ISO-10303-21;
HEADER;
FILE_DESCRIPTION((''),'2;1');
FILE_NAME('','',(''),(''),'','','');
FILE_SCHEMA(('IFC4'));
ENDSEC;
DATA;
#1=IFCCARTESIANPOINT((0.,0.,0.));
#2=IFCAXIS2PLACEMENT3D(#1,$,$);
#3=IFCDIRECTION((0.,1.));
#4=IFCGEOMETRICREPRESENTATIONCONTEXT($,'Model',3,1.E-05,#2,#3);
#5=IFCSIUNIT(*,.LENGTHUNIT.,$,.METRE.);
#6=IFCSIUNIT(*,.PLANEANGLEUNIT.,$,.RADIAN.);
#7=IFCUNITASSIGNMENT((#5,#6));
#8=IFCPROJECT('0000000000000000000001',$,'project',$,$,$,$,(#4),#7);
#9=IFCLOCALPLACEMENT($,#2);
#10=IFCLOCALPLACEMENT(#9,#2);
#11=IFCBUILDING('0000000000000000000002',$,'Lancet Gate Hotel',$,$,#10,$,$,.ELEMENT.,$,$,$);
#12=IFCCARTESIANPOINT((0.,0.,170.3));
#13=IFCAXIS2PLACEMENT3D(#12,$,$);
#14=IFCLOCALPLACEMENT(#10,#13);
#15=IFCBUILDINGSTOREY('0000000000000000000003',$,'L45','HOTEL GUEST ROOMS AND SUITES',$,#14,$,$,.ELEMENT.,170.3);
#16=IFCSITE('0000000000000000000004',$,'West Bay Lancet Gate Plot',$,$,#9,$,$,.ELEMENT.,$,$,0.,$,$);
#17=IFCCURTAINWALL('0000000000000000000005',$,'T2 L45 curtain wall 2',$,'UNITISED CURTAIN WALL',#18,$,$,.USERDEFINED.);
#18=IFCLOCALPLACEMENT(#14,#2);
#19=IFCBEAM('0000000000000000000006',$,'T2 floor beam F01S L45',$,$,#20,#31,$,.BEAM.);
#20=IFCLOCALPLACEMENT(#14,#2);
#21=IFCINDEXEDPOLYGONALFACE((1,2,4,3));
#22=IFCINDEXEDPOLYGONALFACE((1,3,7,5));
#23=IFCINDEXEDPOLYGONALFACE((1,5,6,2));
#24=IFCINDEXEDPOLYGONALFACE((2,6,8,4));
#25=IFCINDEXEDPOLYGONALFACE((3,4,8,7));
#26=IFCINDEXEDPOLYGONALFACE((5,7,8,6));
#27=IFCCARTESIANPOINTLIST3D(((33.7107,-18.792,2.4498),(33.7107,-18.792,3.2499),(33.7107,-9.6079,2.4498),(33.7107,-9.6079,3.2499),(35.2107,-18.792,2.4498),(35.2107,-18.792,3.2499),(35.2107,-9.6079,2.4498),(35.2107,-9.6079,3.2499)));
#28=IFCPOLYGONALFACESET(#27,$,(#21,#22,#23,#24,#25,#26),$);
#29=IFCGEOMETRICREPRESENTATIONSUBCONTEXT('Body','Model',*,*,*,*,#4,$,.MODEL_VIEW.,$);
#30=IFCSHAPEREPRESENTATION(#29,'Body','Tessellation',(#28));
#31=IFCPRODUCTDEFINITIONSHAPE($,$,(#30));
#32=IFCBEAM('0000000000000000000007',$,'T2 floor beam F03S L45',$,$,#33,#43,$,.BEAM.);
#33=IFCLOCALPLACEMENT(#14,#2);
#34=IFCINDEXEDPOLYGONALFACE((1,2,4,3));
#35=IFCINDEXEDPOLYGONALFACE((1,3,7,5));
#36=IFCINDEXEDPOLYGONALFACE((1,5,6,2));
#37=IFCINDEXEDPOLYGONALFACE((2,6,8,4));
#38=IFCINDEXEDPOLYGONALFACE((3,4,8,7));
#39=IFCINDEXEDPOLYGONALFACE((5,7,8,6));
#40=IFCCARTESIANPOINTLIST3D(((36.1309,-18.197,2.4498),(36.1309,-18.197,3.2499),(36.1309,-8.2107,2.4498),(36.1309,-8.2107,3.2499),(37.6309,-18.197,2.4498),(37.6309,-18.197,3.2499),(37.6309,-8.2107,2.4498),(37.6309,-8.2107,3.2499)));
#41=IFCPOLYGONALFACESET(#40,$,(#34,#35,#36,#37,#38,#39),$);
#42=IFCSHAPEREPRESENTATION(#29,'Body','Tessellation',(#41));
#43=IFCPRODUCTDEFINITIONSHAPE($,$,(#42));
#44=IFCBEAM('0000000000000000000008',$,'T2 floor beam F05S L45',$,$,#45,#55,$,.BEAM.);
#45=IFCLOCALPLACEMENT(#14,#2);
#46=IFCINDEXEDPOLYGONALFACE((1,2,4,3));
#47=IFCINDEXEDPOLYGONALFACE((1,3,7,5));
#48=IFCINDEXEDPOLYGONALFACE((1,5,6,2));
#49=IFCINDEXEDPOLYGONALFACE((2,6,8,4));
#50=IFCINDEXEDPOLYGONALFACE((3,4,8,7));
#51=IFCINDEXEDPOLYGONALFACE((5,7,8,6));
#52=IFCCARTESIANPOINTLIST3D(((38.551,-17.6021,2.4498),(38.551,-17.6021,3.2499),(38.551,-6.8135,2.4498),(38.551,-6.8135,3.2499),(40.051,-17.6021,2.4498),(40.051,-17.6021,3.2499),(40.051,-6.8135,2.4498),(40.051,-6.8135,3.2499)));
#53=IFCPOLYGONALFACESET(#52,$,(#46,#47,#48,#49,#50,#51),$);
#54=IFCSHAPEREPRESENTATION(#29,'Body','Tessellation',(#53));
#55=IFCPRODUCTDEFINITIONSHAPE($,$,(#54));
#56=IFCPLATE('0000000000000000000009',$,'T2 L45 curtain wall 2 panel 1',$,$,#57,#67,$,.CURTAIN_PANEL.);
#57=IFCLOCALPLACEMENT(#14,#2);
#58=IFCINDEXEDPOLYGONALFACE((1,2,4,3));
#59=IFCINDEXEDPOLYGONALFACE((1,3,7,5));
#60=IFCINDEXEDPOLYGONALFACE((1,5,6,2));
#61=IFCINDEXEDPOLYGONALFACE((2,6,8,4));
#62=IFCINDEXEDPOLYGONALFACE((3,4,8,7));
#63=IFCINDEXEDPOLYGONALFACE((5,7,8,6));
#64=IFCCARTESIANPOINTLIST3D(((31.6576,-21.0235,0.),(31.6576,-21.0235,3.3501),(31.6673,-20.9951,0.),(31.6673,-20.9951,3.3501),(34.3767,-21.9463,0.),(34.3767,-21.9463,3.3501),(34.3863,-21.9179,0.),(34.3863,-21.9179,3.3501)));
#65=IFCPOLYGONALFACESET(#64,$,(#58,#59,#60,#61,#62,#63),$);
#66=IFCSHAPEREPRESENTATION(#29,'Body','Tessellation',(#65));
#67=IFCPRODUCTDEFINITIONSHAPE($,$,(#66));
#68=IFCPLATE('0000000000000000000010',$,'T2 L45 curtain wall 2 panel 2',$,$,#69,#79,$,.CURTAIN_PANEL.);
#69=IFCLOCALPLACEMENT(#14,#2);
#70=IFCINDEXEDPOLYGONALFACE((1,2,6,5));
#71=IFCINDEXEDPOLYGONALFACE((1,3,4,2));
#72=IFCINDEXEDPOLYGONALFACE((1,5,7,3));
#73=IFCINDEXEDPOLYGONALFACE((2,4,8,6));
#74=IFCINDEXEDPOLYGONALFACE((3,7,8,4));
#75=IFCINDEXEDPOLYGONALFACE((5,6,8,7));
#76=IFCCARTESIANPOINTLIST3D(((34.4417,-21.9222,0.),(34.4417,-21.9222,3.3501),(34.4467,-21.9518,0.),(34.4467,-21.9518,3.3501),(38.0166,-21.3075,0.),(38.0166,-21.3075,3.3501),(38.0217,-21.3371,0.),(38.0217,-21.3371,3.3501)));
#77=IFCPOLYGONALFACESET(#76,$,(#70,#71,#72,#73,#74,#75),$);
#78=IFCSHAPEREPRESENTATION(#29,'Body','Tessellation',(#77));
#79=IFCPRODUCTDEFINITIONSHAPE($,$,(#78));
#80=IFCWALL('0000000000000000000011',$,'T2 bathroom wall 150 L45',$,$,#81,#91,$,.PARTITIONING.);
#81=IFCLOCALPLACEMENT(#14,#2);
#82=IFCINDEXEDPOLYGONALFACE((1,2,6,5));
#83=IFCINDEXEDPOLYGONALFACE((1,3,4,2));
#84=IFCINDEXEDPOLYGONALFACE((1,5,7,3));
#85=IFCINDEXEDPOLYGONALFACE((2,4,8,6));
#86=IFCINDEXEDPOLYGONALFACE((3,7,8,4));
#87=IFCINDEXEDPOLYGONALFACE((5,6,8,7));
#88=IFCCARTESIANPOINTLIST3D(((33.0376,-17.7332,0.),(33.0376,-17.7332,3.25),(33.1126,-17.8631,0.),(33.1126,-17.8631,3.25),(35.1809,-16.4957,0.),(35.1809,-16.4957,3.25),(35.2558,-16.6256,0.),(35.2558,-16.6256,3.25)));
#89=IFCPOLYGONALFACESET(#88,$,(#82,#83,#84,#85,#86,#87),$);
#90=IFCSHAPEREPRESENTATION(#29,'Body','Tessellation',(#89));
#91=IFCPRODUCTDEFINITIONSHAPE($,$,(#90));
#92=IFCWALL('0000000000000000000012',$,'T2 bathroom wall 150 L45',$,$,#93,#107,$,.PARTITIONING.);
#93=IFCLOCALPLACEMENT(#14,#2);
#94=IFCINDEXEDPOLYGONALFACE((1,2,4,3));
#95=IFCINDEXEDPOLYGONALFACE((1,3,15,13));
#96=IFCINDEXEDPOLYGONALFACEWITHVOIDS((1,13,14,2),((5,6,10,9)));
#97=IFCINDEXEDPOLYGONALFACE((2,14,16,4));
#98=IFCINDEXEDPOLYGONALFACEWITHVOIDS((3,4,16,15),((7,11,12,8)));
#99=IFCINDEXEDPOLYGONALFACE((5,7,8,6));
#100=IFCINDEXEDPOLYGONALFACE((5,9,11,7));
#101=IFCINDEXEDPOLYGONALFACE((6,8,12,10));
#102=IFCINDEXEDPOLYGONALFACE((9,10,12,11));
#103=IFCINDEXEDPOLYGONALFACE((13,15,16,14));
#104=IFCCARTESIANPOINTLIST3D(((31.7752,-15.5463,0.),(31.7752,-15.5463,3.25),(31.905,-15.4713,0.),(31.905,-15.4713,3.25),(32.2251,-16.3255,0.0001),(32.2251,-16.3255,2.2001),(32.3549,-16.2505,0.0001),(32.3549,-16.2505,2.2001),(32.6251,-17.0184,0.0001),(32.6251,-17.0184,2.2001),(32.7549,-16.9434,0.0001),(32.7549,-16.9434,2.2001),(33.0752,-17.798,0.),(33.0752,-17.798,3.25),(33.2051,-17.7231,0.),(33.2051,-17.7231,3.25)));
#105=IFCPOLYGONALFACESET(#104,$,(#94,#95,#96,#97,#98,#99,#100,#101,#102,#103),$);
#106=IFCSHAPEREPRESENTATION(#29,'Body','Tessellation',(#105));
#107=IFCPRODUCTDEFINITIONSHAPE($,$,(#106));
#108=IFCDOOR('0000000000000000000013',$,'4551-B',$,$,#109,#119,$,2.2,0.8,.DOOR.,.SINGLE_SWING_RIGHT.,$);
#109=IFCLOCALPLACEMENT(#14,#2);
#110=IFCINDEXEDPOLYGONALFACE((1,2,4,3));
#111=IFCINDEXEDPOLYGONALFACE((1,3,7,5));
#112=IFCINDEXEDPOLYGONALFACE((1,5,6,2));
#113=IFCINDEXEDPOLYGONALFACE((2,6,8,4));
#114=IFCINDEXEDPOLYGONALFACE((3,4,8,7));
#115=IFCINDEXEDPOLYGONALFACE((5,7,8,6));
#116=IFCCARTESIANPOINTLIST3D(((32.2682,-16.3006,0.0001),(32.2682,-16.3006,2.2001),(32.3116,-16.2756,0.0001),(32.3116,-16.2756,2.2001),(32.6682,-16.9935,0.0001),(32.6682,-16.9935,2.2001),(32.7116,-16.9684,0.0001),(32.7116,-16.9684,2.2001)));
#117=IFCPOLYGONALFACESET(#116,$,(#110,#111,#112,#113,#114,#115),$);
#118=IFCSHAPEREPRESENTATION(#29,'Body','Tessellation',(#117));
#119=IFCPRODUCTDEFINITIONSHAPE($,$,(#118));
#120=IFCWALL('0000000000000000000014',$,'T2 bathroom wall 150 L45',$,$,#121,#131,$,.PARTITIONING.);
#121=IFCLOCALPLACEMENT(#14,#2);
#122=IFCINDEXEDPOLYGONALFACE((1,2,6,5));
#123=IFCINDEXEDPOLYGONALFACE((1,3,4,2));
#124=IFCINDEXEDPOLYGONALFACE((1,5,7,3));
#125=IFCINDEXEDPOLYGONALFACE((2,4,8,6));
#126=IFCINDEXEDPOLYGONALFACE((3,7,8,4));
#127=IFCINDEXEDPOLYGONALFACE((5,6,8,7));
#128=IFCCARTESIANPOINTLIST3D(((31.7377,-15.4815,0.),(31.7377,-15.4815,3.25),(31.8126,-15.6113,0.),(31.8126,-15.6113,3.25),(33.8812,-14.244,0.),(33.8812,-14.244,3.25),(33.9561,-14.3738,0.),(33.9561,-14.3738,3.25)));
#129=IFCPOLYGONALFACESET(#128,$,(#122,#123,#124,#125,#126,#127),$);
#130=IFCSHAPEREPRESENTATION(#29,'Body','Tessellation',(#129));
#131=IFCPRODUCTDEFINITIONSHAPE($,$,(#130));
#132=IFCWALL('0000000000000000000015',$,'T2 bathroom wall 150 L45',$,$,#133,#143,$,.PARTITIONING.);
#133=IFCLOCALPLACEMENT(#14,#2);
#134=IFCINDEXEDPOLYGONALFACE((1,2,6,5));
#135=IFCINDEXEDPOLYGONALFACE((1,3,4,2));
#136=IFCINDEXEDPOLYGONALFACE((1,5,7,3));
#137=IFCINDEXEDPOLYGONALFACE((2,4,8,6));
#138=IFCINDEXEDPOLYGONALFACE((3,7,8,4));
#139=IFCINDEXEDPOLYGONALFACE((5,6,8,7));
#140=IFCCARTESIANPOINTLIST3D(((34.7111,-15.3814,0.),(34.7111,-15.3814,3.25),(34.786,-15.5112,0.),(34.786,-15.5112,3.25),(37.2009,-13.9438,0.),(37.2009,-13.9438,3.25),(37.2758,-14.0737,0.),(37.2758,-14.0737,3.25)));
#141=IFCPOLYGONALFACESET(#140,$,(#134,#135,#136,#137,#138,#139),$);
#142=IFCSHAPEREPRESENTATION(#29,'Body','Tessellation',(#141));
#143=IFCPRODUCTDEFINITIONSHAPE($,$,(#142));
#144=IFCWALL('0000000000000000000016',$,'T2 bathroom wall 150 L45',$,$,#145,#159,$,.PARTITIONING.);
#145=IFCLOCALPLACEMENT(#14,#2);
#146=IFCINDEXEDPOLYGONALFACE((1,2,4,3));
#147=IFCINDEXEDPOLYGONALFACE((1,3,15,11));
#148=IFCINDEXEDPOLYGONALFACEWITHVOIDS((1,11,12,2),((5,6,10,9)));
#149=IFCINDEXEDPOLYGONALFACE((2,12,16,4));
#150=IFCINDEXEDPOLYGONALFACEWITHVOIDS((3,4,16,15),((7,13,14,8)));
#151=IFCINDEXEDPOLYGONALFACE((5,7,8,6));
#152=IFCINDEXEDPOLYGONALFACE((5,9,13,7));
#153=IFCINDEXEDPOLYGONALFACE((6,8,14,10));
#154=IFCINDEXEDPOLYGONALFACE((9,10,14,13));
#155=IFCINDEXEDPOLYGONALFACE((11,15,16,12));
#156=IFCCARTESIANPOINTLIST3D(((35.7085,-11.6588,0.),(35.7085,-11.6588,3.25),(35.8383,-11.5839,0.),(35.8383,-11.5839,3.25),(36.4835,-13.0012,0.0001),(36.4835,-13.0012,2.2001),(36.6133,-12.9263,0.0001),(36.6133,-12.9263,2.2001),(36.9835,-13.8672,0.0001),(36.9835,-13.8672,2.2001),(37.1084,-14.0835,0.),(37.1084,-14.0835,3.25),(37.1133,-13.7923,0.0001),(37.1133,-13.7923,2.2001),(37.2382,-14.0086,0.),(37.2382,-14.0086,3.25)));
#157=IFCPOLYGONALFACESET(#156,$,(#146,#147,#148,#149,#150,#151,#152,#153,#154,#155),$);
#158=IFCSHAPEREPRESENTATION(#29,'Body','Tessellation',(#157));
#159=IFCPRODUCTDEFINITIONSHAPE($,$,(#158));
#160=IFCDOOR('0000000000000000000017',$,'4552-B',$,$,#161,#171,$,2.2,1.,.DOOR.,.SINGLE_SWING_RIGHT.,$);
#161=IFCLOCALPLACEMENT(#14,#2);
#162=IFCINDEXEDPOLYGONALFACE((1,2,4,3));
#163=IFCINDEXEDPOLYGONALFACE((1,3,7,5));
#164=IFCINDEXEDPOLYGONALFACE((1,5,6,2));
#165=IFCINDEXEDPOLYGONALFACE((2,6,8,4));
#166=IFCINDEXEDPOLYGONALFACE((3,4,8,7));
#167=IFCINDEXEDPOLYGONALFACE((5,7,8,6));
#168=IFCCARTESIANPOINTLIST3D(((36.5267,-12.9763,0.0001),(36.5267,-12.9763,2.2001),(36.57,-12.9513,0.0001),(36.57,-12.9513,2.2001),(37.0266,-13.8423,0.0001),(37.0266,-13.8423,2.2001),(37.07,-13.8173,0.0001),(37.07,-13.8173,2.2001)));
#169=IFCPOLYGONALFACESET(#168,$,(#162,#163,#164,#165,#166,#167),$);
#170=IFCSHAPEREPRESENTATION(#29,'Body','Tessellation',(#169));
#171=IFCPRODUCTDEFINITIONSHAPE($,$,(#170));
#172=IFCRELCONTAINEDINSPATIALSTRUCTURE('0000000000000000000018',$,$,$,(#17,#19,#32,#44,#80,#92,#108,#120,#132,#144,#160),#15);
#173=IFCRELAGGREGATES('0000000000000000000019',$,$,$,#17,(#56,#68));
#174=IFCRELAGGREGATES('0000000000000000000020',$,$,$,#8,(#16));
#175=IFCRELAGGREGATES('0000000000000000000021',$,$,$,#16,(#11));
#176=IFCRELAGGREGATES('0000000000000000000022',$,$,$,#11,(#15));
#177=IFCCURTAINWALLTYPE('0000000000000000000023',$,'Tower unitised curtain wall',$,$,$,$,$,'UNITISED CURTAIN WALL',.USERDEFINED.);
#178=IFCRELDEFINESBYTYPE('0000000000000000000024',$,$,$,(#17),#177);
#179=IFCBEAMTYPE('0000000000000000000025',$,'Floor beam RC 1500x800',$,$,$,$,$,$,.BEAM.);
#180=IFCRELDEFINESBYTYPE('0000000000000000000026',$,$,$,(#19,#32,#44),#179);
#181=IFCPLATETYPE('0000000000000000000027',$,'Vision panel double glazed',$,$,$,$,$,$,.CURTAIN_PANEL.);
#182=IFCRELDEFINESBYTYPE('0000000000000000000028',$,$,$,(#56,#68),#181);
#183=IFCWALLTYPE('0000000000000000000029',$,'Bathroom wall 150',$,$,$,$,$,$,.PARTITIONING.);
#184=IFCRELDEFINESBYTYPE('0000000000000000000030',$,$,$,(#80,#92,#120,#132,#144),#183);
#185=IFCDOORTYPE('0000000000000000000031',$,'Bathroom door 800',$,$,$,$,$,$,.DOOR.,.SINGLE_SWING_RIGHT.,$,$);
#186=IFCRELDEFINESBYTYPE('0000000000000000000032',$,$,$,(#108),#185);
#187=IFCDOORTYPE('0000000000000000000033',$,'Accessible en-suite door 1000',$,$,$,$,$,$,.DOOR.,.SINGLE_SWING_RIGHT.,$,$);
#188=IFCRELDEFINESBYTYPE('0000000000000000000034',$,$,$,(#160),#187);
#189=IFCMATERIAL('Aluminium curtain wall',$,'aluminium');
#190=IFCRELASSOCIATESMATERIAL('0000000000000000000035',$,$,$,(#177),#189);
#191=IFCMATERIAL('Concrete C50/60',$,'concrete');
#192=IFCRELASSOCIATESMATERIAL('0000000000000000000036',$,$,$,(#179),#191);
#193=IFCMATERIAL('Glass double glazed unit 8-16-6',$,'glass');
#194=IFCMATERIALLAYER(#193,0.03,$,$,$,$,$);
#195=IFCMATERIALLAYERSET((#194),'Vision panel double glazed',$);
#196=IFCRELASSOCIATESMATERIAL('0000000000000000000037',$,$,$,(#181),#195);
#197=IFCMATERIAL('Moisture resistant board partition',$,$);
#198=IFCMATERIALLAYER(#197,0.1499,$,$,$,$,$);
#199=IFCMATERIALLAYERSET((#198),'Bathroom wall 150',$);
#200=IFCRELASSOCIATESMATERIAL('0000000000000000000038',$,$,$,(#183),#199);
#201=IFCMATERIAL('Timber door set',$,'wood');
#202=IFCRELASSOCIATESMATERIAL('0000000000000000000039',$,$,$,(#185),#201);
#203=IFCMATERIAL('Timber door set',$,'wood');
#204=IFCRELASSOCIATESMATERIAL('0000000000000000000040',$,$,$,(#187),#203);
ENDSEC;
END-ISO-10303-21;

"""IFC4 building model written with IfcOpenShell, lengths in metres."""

from ifc_helpers import new_model, si_unit, direction, frame, frame_2d, origin, origin_2d, place, context, subcontext, project, spatial, rectangle, extrude, material, layer, layer_set, material_profile, profile_set, type_object, element, fill, aggregate, save


model = new_model("IFC4")

# Units and contexts
model_context = context("Model", 3, precision=1e-05, world=origin(), true_north=direction((0.0, 1.0)))
body_context = subcontext(model_context, "Body", "Model", "MODEL_VIEW")
ifc_project = project(units=[si_unit("LENGTHUNIT", "METRE"), si_unit("PLANEANGLEUNIT", "RADIAN")], contexts=[model_context])

# Site, building, storey
site_placement = place(None, origin())
site = spatial("IfcSite", under=ifc_project, at=site_placement, Name="West Bay Lancet Gate Plot", CompositionType="ELEMENT", RefElevation=0.0)
building_placement = place(site_placement, origin())
building = spatial("IfcBuilding", under=site, at=building_placement, Name="Lancet Gate Hotel", CompositionType="ELEMENT")
storey_placement = place(building_placement, frame((0.0, 0.0, 170.3)))
storey = spatial("IfcBuildingStorey", under=building, at=storey_placement, Name="L45", Description="HOTEL GUEST ROOMS AND SUITES", CompositionType="ELEMENT", Elevation=170.3)

# Curtain wall
ifc_material_1 = material(Name="Aluminium curtain wall", Category="aluminium")
curtain_wall_type = type_object("IfcCurtainWallType", Name="Tower unitised curtain wall", ElementType="UNITISED CURTAIN WALL", PredefinedType="USERDEFINED", material=ifc_material_1)
curtain_wall_placement = place(storey_placement, origin())
curtain_wall = element("IfcCurtainWall", 1, at=curtain_wall_placement, inside=storey, type_object=curtain_wall_type, Name="T2 L45 curtain wall 2", ObjectType="UNITISED CURTAIN WALL", PredefinedType="USERDEFINED")

# Beams
ifc_material_2 = material(Name="Concrete C50/60", Category="concrete")
ifc_material_profile_1 = material_profile(ifc_material_2, rectangle(XDim=1.5, YDim=0.8, at=origin_2d()), Name="RC 1500x800")
ifc_profile_set_1 = profile_set([ifc_material_profile_1], Name="Concrete C50/60")
beam_type_1 = type_object("IfcBeamType", Name="Floor beam RC 1500x800", PredefinedType="BEAM", material=ifc_profile_set_1)
beam_1_placement = place(storey_placement, frame((34.4607, -18.792, 2.8499), z_axis=(0.0, 1.0, 0.0), x_axis=(-1.0, 0.0, 0.0)))
element("IfcBeam", 2, at=beam_1_placement, inside=storey, type_object=beam_type_1, Name="T2 floor beam F01S L45", PredefinedType="BEAM", context=body_context, shape_type="SweptSolid", body=[
    extrude(rectangle(XDim=1.5, YDim=0.8, at=origin_2d()), origin(), (0.0, 0.0, 1.0), 9.1841),
])
beam_2_placement = place(storey_placement, frame((36.8809, -18.197, 2.8499), z_axis=(0.0, 1.0, 0.0), x_axis=(-1.0, 0.0, 0.0)))
element("IfcBeam", 3, at=beam_2_placement, inside=storey, type_object=beam_type_1, Name="T2 floor beam F03S L45", PredefinedType="BEAM", context=body_context, shape_type="SweptSolid", body=[
    extrude(rectangle(XDim=1.5, YDim=0.8, at=origin_2d()), origin(), (0.0, 0.0, 1.0), 9.9863),
])
beam_3_placement = place(storey_placement, frame((39.301, -17.6021, 2.8499), z_axis=(0.0, 1.0, 0.0), x_axis=(-1.0, 0.0, 0.0)))
element("IfcBeam", 4, at=beam_3_placement, inside=storey, type_object=beam_type_1, Name="T2 floor beam F05S L45", PredefinedType="BEAM", context=body_context, shape_type="SweptSolid", body=[
    extrude(rectangle(XDim=1.5, YDim=0.8, at=origin_2d()), origin(), (0.0, 0.0, 1.0), 10.7886),
])

# Plates
ifc_material_3 = material(Name="Glass double glazed unit 8-16-6", Category="glass")
ifc_layer_1 = layer(ifc_material_3, 0.03)
ifc_layer_set_1 = layer_set([ifc_layer_1], Name="Vision panel double glazed")
plate_type = type_object("IfcPlateType", Name="Vision panel double glazed", PredefinedType="CURTAIN_PANEL", material=ifc_layer_set_1)
plate_1_placement = place(storey_placement, frame((33.022, -21.4707, 0.0), z_axis=(0.0, 0.0, 1.0), x_axis=(0.946952, -0.321374, 0.0)))
plate_1 = element("IfcPlate", 5, at=plate_1_placement, type_object=plate_type, Name="T2 L45 curtain wall 2 panel 1", PredefinedType="CURTAIN_PANEL", context=body_context, shape_type="SweptSolid", body=[
    extrude(rectangle(XDim=2.8713, YDim=0.03, at=origin_2d()), origin(), (0.0, 0.0, 1.0), 3.3501),
])
plate_2_placement = place(storey_placement, frame((36.2317, -21.6296, 0.0), z_axis=(0.0, 0.0, 1.0), x_axis=(0.98554, 0.169445, 0.0)))
plate_2 = element("IfcPlate", 6, at=plate_2_placement, type_object=plate_type, Name="T2 L45 curtain wall 2 panel 2", PredefinedType="CURTAIN_PANEL", context=body_context, shape_type="SweptSolid", body=[
    extrude(rectangle(XDim=3.6274, YDim=0.03, at=origin_2d()), origin(), (0.0, 0.0, 1.0), 3.3501),
])
aggregate(curtain_wall, [plate_1, plate_2])

# Wall
ifc_material_4 = material(Name="Moisture resistant board partition")
ifc_layer_2 = layer(ifc_material_4, 0.1499)
ifc_layer_set_2 = layer_set([ifc_layer_2], Name="Bathroom wall 150")
wall_type_1 = type_object("IfcWallType", Name="Bathroom wall 150", PredefinedType="PARTITIONING", material=ifc_layer_set_2)
wall_1_placement = place(storey_placement, frame((33.0752, -17.7981, 0.0), z_axis=(0.0, 0.0, 1.0), x_axis=(0.866007, 0.500033, 0.0)))
element("IfcWall", 7, at=wall_1_placement, inside=storey, type_object=wall_type_1, Name="T2 bathroom wall 150 L45", PredefinedType="PARTITIONING", context=body_context, shape_type="SweptSolid", body=[
    extrude(rectangle(XDim=2.4749, YDim=0.1499, at=frame_2d((1.2373, 0.0))), origin(), (0.0, 0.0, 1.0), 3.25),
])

# Wall, opening, door
wall_2_placement = place(storey_placement, frame((31.8401, -15.5088, 0.0), z_axis=(0.0, 0.0, 1.0), x_axis=(0.500007, -0.866021, 0.0)))
wall_2 = element("IfcWall", 8, at=wall_2_placement, inside=storey, type_object=wall_type_1, Name="T2 bathroom wall 150 L45", PredefinedType="PARTITIONING", context=body_context, shape_type="SweptSolid", body=[
    extrude(rectangle(XDim=2.6001, YDim=0.1499, at=frame_2d((1.3, 0.0))), origin(), (0.0, 0.0, 1.0), 3.25),
])
opening_1_placement = place(wall_2_placement, frame((0.8999, 0.0, 0.0)))
opening_1 = element("IfcOpeningElement", 9, at=opening_1_placement, cuts=wall_2, PredefinedType="OPENING", context=body_context, shape_type="SweptSolid", body=[
    extrude(rectangle(XDim=0.8, YDim=2.2, at=frame_2d((0.3999, 1.1001))), frame((0.0, 0.085, 0.0), z_axis=(0.0, -1.0, 0.0), x_axis=(1.0, 0.0, 0.0)), (0.0, 0.0, 1.0), 0.1699),
])
ifc_material_5 = material(Name="Timber door set", Category="wood")
door_type_1 = type_object("IfcDoorType", Name="Bathroom door 800", OperationType="SINGLE_SWING_RIGHT", PredefinedType="DOOR", material=ifc_material_5)
door_1_placement = place(opening_1_placement, origin())
door_1 = element("IfcDoor", 10, at=door_1_placement, inside=storey, type_object=door_type_1, Name="4551-B", OperationType="SINGLE_SWING_RIGHT", OverallHeight=2.2, OverallWidth=0.8, PredefinedType="DOOR", context=body_context, shape_type="SweptSolid", body=[
    extrude(rectangle(XDim=0.8, YDim=2.2, at=frame_2d((0.3999, 1.1001))), frame((0.0, 0.0249, 0.0), z_axis=(0.0, -1.0, 0.0), x_axis=(1.0, 0.0, 0.0)), (0.0, 0.0, 1.0), 0.05),
])
fill(opening_1, door_1)

# Walls
wall_3_placement = place(storey_placement, frame((31.7751, -15.5464, 0.0), z_axis=(0.0, 0.0, 1.0), x_axis=(0.866031, 0.49999, 0.0)))
element("IfcWall", 11, at=wall_3_placement, inside=storey, type_object=wall_type_1, Name="T2 bathroom wall 150 L45", PredefinedType="PARTITIONING", context=body_context, shape_type="SweptSolid", body=[
    extrude(rectangle(XDim=2.4751, YDim=0.1499, at=frame_2d((1.2375, 0.0))), origin(), (0.0, 0.0, 1.0), 3.25),
])
wall_4_placement = place(storey_placement, frame((34.7485, -15.4463, 0.0), z_axis=(0.0, 0.0, 1.0), x_axis=(0.866019, 0.500012, 0.0)))
element("IfcWall", 12, at=wall_4_placement, inside=storey, type_object=wall_type_1, Name="T2 bathroom wall 150 L45", PredefinedType="PARTITIONING", context=body_context, shape_type="SweptSolid", body=[
    extrude(rectangle(XDim=2.875, YDim=0.1499, at=frame_2d((1.4375, 0.0))), origin(), (0.0, 0.0, 1.0), 3.25),
])

# Wall, opening, door
wall_5_placement = place(storey_placement, frame((35.7734, -11.6213, 0.0), z_axis=(0.0, 0.0, 1.0), x_axis=(0.499984, -0.866035, 0.0)))
wall_5 = element("IfcWall", 13, at=wall_5_placement, inside=storey, type_object=wall_type_1, Name="T2 bathroom wall 150 L45", PredefinedType="PARTITIONING", context=body_context, shape_type="SweptSolid", body=[
    extrude(rectangle(XDim=2.7998, YDim=0.1499, at=frame_2d((1.3999, 0.0))), origin(), (0.0, 0.0, 1.0), 3.25),
])
opening_2_placement = place(wall_5_placement, frame((1.55, 0.0, 0.0)))
opening_2 = element("IfcOpeningElement", 14, at=opening_2_placement, cuts=wall_5, PredefinedType="OPENING", context=body_context, shape_type="SweptSolid", body=[
    extrude(rectangle(XDim=1.0, YDim=2.2, at=frame_2d((0.5, 1.1001))), frame((0.0, 0.085, 0.0), z_axis=(0.0, -1.0, 0.0), x_axis=(1.0, 0.0, 0.0)), (0.0, 0.0, 1.0), 0.1699),
])
ifc_material_6 = material(Name="Timber door set", Category="wood")
door_type_2 = type_object("IfcDoorType", Name="Accessible en-suite door 1000", OperationType="SINGLE_SWING_RIGHT", PredefinedType="DOOR", material=ifc_material_6)
door_2_placement = place(opening_2_placement, origin())
door_2 = element("IfcDoor", 15, at=door_2_placement, inside=storey, type_object=door_type_2, Name="4552-B", OperationType="SINGLE_SWING_RIGHT", OverallHeight=2.2, OverallWidth=1.0, PredefinedType="DOOR", context=body_context, shape_type="SweptSolid", body=[
    extrude(rectangle(XDim=1.0, YDim=2.2, at=frame_2d((0.5, 1.1001))), frame((0.0, 0.0249, 0.0), z_axis=(0.0, -1.0, 0.0), x_axis=(1.0, 0.0, 0.0)), (0.0, 0.0, 1.0), 0.05),
])
fill(opening_2, door_2)

save(model, "model.ifc")
